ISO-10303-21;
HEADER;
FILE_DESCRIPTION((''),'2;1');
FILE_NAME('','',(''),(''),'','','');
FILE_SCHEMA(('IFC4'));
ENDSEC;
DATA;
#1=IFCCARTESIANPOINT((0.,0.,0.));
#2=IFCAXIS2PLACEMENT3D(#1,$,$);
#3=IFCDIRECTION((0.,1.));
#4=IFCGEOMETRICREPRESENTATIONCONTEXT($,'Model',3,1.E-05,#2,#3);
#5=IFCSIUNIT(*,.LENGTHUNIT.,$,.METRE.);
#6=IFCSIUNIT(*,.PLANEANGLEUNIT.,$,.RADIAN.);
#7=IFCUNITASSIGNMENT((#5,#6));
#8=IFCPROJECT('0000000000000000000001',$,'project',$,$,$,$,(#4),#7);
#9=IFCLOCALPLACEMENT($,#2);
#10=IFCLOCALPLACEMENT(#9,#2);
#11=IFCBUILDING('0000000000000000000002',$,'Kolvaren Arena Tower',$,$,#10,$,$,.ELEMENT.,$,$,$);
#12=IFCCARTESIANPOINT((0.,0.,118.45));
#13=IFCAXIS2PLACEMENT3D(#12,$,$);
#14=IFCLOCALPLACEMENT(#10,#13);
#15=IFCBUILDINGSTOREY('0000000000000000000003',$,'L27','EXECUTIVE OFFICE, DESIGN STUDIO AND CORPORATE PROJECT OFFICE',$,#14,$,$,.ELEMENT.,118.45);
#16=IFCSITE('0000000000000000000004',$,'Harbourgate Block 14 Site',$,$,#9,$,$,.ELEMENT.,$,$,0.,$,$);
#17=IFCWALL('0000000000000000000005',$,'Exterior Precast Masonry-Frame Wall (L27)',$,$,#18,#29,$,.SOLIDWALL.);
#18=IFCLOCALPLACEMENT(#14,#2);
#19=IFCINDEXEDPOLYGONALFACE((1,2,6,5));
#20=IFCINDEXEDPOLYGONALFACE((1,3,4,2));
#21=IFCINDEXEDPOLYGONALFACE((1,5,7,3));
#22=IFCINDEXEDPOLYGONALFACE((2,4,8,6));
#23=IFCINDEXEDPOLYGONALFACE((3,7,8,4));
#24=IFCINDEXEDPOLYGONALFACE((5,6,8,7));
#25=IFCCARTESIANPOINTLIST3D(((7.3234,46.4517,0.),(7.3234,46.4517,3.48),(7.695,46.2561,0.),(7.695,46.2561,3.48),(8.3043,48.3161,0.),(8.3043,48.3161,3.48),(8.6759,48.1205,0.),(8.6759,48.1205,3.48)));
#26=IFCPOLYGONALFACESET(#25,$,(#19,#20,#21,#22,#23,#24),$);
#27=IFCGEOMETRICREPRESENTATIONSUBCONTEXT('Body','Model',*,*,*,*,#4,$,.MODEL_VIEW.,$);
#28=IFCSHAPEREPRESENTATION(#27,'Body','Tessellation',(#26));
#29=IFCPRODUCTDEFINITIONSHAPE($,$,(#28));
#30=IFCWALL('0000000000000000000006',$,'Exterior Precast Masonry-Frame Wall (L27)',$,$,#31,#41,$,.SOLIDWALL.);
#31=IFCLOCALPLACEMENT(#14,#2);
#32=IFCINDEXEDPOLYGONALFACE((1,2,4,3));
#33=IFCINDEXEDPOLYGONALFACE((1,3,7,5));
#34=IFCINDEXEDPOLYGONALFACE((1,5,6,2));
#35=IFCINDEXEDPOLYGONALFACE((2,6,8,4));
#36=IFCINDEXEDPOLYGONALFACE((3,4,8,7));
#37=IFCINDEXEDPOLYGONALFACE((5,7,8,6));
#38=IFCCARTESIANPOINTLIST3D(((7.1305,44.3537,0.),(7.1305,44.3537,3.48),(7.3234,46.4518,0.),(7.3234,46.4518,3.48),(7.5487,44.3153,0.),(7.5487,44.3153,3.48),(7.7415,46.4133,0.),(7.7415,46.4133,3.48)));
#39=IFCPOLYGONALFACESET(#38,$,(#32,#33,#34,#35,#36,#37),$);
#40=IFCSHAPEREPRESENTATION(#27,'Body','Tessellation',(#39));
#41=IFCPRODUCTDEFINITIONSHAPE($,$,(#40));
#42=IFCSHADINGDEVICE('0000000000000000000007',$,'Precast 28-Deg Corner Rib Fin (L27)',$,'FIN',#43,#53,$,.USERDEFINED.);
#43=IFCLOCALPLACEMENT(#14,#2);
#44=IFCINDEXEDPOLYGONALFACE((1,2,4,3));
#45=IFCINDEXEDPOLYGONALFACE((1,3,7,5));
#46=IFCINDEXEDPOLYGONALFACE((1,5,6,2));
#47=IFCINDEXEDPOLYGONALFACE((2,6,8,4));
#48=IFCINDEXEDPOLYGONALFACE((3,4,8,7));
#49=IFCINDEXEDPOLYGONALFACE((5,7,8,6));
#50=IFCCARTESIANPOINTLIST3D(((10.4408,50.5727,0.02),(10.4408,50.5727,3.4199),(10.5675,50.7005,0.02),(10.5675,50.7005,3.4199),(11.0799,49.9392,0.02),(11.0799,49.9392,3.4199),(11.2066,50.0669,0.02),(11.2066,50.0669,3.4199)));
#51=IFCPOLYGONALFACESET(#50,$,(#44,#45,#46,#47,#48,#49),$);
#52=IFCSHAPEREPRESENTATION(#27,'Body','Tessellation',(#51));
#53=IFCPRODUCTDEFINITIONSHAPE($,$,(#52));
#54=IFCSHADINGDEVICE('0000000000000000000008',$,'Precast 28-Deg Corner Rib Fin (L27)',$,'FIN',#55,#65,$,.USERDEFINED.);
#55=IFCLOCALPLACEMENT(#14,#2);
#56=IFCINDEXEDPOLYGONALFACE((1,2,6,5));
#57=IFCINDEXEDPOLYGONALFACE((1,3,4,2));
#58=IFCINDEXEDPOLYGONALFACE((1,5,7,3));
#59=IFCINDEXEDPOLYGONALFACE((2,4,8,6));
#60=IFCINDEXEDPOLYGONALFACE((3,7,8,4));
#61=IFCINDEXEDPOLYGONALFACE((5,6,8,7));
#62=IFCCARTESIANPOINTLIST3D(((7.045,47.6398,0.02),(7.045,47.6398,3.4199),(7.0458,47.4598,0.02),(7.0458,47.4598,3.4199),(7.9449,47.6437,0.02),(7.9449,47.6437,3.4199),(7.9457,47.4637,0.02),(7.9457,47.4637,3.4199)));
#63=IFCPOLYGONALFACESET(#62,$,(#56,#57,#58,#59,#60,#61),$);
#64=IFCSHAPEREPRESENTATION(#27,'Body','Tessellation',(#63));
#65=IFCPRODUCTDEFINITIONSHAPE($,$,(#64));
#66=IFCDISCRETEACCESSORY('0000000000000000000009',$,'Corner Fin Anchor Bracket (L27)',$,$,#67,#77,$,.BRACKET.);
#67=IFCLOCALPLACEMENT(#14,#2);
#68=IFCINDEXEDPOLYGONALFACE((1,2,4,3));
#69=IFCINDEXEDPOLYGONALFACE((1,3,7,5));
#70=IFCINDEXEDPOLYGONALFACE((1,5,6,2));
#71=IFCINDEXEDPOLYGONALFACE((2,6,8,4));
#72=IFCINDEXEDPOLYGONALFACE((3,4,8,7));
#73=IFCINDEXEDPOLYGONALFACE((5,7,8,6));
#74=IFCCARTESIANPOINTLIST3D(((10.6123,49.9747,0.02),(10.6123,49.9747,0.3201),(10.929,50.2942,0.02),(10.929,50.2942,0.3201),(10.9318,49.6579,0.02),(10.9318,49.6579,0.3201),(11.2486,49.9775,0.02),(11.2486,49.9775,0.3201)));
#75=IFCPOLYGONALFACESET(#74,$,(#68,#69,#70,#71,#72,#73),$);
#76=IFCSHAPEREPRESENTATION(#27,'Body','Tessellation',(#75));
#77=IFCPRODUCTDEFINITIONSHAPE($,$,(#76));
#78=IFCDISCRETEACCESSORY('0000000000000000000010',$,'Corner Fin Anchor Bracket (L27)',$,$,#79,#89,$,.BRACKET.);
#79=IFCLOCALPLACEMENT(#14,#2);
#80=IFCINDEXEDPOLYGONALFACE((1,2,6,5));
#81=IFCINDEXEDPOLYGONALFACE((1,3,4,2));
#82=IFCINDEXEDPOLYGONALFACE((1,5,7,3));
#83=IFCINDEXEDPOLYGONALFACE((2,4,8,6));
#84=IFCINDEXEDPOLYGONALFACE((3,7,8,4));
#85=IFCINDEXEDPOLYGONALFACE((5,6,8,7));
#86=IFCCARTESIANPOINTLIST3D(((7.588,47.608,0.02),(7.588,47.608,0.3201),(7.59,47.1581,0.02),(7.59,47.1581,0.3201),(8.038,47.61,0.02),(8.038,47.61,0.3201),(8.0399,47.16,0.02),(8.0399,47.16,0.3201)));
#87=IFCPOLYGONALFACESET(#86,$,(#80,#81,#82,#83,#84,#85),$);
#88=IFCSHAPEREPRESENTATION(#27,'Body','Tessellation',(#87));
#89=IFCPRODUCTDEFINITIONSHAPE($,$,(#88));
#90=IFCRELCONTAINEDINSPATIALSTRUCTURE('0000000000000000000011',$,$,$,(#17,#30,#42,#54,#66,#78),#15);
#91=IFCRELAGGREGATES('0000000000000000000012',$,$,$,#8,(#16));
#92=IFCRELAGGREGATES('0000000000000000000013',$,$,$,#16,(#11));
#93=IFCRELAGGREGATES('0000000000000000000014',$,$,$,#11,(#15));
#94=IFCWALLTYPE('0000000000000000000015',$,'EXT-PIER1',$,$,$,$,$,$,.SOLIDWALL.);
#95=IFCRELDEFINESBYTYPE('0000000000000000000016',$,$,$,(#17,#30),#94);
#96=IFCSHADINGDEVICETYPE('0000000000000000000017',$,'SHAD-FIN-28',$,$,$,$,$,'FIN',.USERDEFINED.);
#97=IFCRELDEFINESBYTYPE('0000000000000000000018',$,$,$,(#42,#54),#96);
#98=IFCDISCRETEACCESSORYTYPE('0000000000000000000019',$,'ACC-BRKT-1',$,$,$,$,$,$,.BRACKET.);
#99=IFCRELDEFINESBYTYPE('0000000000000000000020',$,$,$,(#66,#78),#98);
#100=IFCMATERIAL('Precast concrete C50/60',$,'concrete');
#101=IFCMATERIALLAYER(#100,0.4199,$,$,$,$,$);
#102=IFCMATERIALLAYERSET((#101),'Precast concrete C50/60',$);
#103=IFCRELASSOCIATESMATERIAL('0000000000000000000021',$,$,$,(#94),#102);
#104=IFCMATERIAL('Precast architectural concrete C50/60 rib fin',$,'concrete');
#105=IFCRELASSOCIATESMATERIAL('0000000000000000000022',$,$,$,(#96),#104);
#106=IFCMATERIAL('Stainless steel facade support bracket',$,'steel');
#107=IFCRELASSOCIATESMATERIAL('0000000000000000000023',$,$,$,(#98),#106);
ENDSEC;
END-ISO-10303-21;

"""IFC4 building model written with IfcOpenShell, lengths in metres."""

from ifc_helpers import new_model, si_unit, direction, frame, frame_2d, origin, origin_2d, place, context, subcontext, project, spatial, rectangle, extrude, material, layer, layer_set, type_object, element, save


model = new_model("IFC4")

# Units and contexts
model_context = context("Model", 3, precision=1e-05, world=origin(), true_north=direction((0.0, 1.0)))
body_context = subcontext(model_context, "Body", "Model", "MODEL_VIEW")
ifc_project = project(units=[si_unit("LENGTHUNIT", "METRE"), si_unit("PLANEANGLEUNIT", "RADIAN")], contexts=[model_context])

# Site, building, storey
site_placement = place(None, origin())
site = spatial("IfcSite", under=ifc_project, at=site_placement, Name="Harbourgate Block 14 Site", CompositionType="ELEMENT", RefElevation=0.0)
building_placement = place(site_placement, origin())
building = spatial("IfcBuilding", under=site, at=building_placement, Name="Kolvaren Arena Tower", CompositionType="ELEMENT")
storey_placement = place(building_placement, frame((0.0, 0.0, 118.45)))
storey = spatial("IfcBuildingStorey", under=building, at=storey_placement, Name="L27", Description="EXECUTIVE OFFICE, DESIGN STUDIO AND CORPORATE PROJECT OFFICE", CompositionType="ELEMENT", Elevation=118.45)

# Shared definitions
ifc_material_1 = material(Name="Precast concrete C50/60", Category="concrete")
ifc_layer = layer(ifc_material_1, 0.4199)
ifc_layer_set = layer_set([ifc_layer], Name="Precast concrete C50/60")
wall_type = type_object("IfcWallType", Name="EXT-PIER1", PredefinedType="SOLIDWALL", material=ifc_layer_set)

# Walls
wall_1_placement = place(storey_placement, frame((7.5093, 46.354, 0.0), z_axis=(0.0, 0.0, 1.0), x_axis=(0.465613, 0.884989, 0.0)))
element("IfcWall", 1, at=wall_1_placement, inside=storey, type_object=wall_type, Name="Exterior Precast Masonry-Frame Wall (L27)", PredefinedType="SOLIDWALL", context=body_context, shape_type="SweptSolid", body=[
    extrude(rectangle(XDim=2.1067, YDim=0.4199, at=frame_2d((1.0532, 0.0))), origin(), (0.0, 0.0, 1.0), 3.48),
])
wall_2_placement = place(storey_placement, frame((7.3396, 44.3345, 0.0), z_axis=(0.0, 0.0, 1.0), x_axis=(0.091539, 0.995802, 0.0)))
element("IfcWall", 2, at=wall_2_placement, inside=storey, type_object=wall_type, Name="Exterior Precast Masonry-Frame Wall (L27)", PredefinedType="SOLIDWALL", context=body_context, shape_type="SweptSolid", body=[
    extrude(rectangle(XDim=2.1069, YDim=0.4199, at=frame_2d((1.0535, 0.0))), origin(), (0.0, 0.0, 1.0), 3.48),
])

# Shading devices
ifc_material_2 = material(Name="Precast architectural concrete C50/60 rib fin", Category="concrete")
shading_device_type = type_object("IfcShadingDeviceType", Name="SHAD-FIN-28", ElementType="FIN", PredefinedType="USERDEFINED", material=ifc_material_2)
for number, where, z_axis, x_axis, name in (
    (3, (10.8237, 50.3198, 0.02), (0.0, 0.0, 1.0), (-0.710184, 0.704016, 0.0), "Precast 28-Deg Corner Rib Fin (L27)"),
    (4, (7.4954, 47.5518, 0.02), (0.0, 0.0, 1.0), (-0.999991, -0.004349, 0.0), "Precast 28-Deg Corner Rib Fin (L27)"),
):
    element("IfcShadingDevice", number, at=place(storey_placement, frame(where, z_axis=z_axis, x_axis=x_axis)), inside=storey, type_object=shading_device_type, Name=name, ObjectType="FIN", PredefinedType="USERDEFINED", context=body_context, shape_type="SweptSolid", body=[
        extrude(rectangle(XDim=0.8999, YDim=0.1799, at=origin_2d()), origin(), (0.0, 0.0, 1.0), 3.3999),
    ])

# Discrete accessories
ifc_material_3 = material(Name="Stainless steel facade support bracket", Category="steel")
discrete_accessory_type = type_object("IfcDiscreteAccessoryType", Name="ACC-BRKT-1", PredefinedType="BRACKET", material=ifc_material_3)
for number, where, z_axis, x_axis, name in (
    (5, (10.9304, 49.9761, 0.02), (0.0, 0.0, 1.0), (-0.710184, 0.704016, 0.0), "Corner Fin Anchor Bracket (L27)"),
    (6, (7.814, 47.384, 0.02), (0.0, 0.0, 1.0), (-0.999991, -0.004349, 0.0), "Corner Fin Anchor Bracket (L27)"),
):
    element("IfcDiscreteAccessory", number, at=place(storey_placement, frame(where, z_axis=z_axis, x_axis=x_axis)), inside=storey, type_object=discrete_accessory_type, Name=name, PredefinedType="BRACKET", context=body_context, shape_type="SweptSolid", body=[
        extrude(rectangle(XDim=0.45, YDim=0.45, at=origin_2d()), origin(), (0.0, 0.0, 1.0), 0.3),
    ])

save(model, "model.ifc")
